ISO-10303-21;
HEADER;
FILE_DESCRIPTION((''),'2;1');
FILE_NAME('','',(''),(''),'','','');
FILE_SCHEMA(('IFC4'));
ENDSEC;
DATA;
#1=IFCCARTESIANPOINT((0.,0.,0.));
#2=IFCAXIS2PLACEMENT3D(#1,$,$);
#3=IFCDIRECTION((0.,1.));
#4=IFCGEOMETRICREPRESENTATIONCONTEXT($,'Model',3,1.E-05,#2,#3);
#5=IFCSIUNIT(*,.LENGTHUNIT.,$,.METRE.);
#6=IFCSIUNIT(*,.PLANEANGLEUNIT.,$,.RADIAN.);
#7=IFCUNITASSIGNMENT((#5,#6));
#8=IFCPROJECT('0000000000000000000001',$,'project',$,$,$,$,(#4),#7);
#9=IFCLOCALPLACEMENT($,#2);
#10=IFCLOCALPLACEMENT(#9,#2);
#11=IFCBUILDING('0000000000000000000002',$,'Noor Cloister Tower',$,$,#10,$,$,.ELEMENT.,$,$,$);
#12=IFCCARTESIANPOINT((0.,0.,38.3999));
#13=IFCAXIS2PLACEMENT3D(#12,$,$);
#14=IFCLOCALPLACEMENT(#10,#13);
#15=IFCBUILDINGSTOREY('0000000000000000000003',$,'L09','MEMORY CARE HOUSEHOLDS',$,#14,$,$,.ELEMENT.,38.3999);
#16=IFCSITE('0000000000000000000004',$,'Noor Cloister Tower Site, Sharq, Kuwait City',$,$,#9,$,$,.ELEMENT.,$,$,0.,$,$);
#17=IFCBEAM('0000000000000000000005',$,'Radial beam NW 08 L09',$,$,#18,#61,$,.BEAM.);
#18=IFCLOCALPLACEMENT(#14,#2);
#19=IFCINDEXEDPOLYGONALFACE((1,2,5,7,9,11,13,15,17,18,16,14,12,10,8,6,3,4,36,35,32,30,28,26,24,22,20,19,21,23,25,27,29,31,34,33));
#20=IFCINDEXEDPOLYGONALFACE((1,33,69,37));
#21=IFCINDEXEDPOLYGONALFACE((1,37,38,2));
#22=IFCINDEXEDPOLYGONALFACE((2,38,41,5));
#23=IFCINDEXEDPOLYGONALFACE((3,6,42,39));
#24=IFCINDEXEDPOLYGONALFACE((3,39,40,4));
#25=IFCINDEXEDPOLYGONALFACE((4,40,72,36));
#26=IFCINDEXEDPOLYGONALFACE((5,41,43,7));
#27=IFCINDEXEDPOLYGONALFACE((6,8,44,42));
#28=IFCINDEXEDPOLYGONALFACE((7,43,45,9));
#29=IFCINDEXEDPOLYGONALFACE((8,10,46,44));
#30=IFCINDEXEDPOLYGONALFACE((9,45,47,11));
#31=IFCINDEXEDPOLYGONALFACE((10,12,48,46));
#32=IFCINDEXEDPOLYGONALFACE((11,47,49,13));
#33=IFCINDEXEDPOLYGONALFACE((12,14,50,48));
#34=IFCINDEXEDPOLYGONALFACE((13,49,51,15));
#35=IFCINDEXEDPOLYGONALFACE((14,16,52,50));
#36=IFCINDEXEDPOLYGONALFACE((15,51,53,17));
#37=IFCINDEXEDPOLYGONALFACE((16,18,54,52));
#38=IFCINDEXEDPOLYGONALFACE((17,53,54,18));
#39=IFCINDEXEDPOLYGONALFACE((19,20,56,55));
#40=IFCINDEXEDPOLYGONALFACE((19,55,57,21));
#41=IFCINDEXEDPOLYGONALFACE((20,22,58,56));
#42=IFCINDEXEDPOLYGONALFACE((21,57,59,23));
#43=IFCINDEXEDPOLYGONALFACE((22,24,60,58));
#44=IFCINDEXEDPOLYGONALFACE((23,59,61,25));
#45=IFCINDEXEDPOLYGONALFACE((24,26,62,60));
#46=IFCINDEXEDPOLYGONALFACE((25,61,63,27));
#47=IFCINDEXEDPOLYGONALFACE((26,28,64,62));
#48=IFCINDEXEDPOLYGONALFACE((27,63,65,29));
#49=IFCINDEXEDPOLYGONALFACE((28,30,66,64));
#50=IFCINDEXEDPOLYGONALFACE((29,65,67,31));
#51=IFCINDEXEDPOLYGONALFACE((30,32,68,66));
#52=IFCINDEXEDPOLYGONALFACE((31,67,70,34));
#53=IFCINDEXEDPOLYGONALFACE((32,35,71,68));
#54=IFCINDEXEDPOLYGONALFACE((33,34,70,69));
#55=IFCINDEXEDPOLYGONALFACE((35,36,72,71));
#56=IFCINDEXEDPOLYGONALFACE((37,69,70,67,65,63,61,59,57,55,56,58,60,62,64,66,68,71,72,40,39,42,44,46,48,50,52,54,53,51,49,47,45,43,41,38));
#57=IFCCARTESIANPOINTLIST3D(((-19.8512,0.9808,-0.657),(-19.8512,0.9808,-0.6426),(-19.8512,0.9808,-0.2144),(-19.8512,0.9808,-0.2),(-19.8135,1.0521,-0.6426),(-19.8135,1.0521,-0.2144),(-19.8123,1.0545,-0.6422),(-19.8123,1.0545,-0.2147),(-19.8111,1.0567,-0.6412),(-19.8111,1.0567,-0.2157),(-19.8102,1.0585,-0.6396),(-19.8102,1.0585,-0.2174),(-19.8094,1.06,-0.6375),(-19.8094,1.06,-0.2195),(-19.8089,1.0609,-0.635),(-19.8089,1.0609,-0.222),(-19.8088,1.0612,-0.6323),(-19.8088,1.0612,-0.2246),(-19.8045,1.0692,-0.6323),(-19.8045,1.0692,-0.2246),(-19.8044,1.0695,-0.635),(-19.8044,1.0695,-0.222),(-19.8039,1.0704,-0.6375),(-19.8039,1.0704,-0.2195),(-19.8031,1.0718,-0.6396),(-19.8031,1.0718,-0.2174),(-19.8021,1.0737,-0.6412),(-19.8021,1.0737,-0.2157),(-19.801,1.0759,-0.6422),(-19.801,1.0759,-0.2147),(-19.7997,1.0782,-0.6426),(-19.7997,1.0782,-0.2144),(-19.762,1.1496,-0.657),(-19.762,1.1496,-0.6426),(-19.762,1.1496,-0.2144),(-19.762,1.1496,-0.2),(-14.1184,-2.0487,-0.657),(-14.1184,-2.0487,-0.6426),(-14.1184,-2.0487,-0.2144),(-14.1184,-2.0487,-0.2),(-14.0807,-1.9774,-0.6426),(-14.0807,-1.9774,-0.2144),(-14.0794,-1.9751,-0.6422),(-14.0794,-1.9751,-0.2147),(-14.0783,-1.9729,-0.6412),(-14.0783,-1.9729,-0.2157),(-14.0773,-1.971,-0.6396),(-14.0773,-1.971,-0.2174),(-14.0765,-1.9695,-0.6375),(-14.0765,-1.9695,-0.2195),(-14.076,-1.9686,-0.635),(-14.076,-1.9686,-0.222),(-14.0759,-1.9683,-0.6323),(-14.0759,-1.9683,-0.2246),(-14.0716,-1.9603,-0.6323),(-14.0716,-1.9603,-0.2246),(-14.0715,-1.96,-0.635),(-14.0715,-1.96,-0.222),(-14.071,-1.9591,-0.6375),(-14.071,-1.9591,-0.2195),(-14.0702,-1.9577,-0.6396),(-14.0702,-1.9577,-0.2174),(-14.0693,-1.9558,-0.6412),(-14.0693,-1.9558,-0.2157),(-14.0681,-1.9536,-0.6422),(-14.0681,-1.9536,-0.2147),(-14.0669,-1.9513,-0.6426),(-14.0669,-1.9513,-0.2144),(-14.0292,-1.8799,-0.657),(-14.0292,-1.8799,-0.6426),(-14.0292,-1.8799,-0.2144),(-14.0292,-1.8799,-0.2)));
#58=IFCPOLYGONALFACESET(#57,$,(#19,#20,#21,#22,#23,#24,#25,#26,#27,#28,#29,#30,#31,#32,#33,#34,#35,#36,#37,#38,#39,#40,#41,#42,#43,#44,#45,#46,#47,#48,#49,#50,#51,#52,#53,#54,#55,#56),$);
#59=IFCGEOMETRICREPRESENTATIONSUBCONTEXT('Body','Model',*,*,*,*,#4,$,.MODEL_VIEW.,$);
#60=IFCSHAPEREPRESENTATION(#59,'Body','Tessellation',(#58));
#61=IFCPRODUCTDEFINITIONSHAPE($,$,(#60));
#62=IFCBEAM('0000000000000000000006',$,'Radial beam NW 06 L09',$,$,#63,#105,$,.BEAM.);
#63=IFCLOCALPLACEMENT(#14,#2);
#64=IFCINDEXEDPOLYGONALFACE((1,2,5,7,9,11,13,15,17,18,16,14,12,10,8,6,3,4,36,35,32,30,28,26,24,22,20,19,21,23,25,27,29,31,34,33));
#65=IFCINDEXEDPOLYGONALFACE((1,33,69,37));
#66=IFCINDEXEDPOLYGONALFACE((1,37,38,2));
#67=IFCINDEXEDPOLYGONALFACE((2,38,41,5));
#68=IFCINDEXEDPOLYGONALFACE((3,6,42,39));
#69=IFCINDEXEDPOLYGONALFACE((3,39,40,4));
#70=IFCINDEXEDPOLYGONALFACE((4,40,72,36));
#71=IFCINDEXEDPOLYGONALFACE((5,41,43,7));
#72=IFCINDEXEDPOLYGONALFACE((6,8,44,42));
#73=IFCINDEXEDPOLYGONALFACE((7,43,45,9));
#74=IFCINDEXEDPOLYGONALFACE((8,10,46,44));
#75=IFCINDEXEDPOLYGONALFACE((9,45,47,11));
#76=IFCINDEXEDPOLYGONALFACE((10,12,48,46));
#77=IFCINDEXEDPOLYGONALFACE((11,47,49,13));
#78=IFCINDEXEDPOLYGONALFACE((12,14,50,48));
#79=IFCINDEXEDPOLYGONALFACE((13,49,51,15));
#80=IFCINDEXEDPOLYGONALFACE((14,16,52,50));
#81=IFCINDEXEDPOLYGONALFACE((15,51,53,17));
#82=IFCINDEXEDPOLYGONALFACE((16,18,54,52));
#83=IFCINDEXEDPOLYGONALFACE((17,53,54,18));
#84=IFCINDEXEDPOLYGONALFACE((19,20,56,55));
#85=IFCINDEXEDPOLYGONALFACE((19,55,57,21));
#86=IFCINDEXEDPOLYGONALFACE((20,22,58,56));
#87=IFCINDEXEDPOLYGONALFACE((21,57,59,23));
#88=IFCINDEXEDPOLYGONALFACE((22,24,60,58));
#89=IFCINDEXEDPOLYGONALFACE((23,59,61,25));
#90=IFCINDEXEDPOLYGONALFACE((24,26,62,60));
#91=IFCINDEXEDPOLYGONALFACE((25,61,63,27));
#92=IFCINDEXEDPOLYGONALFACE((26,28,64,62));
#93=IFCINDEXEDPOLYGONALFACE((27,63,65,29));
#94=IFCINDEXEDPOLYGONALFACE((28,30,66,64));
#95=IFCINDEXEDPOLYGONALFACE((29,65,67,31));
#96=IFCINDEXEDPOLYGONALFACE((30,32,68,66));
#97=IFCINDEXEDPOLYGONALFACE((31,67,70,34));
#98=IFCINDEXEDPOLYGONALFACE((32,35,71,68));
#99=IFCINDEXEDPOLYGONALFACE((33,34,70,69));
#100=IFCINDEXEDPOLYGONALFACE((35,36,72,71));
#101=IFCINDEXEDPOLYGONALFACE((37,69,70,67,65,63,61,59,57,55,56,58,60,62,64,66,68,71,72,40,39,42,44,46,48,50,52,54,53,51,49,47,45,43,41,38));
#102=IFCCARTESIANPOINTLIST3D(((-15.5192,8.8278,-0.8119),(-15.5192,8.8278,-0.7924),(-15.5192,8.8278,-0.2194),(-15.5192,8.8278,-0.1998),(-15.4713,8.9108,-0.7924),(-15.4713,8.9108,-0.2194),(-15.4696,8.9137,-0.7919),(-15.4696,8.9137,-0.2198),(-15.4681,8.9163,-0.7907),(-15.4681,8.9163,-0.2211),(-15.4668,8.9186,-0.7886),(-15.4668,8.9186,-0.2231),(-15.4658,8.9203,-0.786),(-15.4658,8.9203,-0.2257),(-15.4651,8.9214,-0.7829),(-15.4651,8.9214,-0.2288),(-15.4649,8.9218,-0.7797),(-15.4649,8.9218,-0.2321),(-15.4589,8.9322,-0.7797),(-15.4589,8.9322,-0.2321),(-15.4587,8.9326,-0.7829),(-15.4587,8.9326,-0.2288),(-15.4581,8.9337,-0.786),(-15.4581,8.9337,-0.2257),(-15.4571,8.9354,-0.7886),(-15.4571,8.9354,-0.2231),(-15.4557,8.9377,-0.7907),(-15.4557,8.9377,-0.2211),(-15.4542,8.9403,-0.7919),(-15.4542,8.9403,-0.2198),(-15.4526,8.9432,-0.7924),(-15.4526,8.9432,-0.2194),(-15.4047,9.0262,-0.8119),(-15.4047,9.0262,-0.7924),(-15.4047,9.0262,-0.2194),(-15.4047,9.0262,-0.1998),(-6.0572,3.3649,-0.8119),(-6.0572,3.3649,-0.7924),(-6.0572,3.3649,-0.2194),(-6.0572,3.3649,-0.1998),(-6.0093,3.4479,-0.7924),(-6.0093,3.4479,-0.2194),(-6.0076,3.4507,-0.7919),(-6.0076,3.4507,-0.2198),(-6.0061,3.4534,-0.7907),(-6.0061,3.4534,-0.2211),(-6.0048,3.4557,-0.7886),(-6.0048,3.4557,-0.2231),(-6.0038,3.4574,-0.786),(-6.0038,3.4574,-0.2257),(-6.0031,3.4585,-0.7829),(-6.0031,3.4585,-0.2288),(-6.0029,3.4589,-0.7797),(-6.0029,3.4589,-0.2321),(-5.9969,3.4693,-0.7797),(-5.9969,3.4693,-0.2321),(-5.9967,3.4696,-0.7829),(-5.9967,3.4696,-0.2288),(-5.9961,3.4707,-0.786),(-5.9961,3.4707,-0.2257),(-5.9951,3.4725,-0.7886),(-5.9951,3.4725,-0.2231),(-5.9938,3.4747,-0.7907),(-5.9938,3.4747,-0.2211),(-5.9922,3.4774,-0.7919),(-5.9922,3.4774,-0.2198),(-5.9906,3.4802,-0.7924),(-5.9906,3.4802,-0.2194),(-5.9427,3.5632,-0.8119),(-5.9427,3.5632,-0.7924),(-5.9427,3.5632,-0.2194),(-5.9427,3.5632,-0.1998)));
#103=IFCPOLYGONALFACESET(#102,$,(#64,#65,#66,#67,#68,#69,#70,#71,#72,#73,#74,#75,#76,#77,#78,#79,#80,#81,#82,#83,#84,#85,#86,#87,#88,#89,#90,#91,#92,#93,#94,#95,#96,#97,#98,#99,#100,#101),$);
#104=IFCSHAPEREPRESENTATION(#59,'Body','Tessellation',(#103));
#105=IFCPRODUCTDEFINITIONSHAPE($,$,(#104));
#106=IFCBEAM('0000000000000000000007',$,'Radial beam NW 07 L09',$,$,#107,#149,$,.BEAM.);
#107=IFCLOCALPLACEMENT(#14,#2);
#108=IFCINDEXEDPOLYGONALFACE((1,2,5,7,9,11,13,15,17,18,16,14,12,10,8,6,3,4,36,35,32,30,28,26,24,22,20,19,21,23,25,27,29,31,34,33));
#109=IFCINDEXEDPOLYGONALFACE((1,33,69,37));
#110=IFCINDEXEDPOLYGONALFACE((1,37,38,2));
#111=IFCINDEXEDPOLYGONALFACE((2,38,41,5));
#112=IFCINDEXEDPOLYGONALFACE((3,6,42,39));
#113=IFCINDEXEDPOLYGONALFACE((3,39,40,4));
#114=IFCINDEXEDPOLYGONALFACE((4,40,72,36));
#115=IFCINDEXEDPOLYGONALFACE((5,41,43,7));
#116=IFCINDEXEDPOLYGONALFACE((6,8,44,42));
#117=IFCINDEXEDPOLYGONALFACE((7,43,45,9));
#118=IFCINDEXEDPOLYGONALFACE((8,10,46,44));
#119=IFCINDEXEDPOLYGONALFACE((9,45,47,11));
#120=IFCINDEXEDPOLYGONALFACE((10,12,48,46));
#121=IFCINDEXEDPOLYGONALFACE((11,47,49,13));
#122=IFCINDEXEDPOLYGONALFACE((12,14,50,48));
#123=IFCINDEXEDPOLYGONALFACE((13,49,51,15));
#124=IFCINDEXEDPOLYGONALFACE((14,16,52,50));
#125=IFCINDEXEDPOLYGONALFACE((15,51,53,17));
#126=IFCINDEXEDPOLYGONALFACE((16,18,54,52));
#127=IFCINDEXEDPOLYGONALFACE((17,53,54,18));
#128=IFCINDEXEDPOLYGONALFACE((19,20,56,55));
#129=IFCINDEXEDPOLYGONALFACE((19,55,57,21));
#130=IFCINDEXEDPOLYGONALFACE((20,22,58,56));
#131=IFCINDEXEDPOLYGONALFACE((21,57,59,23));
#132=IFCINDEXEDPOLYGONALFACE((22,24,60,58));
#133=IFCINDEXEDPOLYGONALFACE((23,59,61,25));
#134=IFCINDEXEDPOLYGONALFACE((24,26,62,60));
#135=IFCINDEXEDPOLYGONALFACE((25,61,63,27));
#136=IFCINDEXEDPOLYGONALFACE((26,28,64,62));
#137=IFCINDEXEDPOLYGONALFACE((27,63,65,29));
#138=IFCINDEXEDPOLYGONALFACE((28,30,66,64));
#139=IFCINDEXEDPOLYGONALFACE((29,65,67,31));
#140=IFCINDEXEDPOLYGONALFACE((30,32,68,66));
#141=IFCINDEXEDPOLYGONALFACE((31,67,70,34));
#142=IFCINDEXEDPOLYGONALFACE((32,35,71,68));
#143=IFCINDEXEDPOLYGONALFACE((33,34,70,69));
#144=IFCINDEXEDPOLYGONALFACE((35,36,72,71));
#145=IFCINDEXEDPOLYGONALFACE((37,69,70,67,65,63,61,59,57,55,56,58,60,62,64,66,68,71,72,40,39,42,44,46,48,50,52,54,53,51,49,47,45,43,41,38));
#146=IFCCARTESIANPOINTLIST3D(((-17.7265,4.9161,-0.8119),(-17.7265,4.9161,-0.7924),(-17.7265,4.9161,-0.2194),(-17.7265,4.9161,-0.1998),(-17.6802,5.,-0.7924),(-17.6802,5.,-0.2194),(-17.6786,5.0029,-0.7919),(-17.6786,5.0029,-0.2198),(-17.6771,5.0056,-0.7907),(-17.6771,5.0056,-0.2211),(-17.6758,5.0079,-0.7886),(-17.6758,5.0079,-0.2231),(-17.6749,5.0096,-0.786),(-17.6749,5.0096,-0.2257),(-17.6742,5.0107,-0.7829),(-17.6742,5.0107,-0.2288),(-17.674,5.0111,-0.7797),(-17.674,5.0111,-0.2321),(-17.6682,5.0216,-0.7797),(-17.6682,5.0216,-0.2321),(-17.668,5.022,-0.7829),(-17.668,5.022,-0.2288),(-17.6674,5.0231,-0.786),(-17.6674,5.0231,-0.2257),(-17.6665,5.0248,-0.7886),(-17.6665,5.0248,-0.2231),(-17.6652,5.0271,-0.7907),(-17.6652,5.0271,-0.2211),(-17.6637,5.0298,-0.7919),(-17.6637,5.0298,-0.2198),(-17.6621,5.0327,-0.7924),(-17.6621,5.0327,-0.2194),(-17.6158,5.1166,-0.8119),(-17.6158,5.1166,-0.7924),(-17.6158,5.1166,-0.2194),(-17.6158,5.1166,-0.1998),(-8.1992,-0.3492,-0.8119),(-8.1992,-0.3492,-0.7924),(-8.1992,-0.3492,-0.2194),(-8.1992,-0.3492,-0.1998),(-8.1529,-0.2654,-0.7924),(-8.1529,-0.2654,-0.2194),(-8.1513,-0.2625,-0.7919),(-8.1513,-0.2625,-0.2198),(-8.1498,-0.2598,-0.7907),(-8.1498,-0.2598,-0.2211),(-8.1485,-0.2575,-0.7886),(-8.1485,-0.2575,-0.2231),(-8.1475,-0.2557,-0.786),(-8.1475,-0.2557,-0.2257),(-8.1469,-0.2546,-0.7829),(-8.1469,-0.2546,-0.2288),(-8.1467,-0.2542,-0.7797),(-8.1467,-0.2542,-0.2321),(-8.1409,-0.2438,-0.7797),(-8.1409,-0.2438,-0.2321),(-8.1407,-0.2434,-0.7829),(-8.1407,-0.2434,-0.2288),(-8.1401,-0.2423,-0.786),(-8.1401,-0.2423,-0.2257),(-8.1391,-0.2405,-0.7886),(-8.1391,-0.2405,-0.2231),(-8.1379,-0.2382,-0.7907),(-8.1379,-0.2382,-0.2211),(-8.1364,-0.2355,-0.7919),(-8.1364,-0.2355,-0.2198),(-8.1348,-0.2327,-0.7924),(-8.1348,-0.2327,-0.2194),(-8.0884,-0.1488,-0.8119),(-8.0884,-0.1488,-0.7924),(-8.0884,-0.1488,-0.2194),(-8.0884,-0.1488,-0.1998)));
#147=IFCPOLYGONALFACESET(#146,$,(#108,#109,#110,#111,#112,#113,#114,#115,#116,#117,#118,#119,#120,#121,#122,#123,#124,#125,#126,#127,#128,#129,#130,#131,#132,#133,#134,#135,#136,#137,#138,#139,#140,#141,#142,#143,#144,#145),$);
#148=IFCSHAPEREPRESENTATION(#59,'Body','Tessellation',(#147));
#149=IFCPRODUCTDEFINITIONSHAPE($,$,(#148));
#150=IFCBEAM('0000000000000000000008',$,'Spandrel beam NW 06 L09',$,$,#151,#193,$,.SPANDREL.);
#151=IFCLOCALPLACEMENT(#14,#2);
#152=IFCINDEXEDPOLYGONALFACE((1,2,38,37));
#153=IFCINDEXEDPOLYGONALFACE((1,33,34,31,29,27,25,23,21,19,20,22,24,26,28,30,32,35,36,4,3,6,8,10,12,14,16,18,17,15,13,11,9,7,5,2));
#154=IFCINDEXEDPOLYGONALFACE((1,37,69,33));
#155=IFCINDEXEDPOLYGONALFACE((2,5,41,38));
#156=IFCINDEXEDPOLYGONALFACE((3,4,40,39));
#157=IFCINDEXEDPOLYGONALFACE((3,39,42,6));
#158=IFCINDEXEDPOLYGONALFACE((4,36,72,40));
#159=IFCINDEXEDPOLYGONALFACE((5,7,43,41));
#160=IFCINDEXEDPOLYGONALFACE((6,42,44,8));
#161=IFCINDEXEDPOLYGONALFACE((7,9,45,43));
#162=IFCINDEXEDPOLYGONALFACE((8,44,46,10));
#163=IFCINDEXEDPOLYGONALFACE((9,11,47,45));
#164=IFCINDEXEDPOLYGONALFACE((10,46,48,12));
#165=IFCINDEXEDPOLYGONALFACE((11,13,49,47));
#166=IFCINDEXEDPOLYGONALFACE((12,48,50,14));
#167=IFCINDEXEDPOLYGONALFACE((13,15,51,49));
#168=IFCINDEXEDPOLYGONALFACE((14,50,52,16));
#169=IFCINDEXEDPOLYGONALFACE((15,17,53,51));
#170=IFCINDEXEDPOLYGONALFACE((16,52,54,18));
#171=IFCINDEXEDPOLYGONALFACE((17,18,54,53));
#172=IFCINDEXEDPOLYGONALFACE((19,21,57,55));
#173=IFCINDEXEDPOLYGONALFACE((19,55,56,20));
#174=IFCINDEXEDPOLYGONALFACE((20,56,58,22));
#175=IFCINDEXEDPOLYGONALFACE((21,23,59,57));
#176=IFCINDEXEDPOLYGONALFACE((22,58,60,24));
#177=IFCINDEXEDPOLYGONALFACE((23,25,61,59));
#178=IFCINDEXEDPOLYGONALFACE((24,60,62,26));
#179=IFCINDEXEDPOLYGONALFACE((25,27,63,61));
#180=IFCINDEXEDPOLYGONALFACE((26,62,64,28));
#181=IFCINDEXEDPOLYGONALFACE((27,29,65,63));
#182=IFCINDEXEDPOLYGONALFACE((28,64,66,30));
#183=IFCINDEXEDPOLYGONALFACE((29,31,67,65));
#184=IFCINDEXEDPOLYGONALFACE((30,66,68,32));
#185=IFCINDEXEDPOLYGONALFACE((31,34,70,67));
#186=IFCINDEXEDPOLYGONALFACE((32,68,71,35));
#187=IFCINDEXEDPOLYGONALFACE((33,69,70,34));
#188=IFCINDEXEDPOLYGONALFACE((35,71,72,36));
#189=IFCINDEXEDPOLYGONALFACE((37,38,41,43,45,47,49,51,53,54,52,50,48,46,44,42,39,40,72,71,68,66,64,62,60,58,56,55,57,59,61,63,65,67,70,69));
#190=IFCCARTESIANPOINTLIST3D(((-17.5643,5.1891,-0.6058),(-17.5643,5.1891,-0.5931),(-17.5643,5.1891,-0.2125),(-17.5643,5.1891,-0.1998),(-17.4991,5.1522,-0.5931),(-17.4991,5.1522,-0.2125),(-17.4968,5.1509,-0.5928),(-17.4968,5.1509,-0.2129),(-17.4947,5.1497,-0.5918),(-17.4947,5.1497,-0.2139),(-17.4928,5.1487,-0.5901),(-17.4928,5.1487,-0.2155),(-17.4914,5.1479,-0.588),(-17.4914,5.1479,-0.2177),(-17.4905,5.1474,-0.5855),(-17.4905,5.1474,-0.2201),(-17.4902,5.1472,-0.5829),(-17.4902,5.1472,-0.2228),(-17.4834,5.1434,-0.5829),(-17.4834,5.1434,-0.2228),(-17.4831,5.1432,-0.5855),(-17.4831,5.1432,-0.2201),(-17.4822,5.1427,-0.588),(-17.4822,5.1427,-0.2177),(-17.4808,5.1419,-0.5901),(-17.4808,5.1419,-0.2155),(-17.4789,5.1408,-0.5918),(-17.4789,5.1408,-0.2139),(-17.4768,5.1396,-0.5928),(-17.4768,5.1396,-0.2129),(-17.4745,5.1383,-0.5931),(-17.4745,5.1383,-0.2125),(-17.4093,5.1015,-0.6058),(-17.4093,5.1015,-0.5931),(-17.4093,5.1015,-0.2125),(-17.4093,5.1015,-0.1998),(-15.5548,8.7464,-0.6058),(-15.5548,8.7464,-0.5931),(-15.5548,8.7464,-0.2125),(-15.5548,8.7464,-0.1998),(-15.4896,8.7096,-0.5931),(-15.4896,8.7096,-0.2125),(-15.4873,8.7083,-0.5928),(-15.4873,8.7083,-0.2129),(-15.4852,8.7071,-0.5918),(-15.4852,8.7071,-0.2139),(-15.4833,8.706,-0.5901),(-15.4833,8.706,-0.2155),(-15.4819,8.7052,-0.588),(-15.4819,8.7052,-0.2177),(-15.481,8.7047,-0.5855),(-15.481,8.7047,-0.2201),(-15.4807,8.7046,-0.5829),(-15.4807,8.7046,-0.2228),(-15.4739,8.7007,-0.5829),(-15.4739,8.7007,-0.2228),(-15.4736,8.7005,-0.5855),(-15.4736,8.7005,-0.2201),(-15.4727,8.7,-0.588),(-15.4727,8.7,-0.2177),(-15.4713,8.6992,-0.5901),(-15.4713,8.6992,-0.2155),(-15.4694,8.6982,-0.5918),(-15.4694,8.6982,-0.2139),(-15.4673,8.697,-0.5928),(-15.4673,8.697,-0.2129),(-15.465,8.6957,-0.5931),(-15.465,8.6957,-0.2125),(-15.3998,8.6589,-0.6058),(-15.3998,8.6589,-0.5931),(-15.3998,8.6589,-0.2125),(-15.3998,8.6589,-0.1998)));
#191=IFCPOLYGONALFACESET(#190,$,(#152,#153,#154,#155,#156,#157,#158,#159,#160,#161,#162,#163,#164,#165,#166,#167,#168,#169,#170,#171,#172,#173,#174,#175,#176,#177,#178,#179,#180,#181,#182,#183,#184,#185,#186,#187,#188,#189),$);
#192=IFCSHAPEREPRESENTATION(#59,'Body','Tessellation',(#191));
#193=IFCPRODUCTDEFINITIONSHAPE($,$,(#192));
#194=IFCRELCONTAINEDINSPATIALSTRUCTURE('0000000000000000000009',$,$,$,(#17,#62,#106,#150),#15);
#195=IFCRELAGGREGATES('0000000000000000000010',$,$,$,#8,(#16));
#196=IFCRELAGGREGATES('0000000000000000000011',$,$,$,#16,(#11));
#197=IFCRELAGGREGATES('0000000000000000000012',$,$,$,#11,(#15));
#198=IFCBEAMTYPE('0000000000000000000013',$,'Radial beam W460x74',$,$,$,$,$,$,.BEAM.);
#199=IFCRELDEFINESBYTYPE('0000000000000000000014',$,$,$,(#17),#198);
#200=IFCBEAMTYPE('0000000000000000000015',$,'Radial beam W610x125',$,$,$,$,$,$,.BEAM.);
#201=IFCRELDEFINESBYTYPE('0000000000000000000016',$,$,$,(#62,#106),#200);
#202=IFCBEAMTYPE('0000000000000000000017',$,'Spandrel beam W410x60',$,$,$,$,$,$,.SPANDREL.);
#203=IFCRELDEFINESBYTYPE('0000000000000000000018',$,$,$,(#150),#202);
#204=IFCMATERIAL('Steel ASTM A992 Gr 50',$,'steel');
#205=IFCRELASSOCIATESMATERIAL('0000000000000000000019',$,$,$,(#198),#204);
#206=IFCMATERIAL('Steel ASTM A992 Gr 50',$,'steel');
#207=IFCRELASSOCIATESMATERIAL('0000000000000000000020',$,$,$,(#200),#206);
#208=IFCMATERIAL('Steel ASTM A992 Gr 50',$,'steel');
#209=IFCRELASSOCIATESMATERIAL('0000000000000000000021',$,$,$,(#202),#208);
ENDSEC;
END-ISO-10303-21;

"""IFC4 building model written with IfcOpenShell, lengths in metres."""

from ifc_helpers import new_model, si_unit, direction, frame, origin, origin_2d, place, context, subcontext, project, spatial, i_section, extrude, material, material_profile, profile_set, type_object, element, save


model = new_model("IFC4")

# Units and contexts
model_context = context("Model", 3, precision=1e-05, world=origin(), true_north=direction((0.0, 1.0)))
body_context = subcontext(model_context, "Body", "Model", "MODEL_VIEW")
ifc_project = project(units=[si_unit("LENGTHUNIT", "METRE"), si_unit("PLANEANGLEUNIT", "RADIAN")], contexts=[model_context])

# Site, building, storey
site_placement = place(None, origin())
site = spatial("IfcSite", under=ifc_project, at=site_placement, Name="Noor Cloister Tower Site, Sharq, Kuwait City", CompositionType="ELEMENT", RefElevation=0.0)
building_placement = place(site_placement, origin())
building = spatial("IfcBuilding", under=site, at=building_placement, Name="Noor Cloister Tower", CompositionType="ELEMENT")
storey_placement = place(building_placement, frame((0.0, 0.0, 38.3999)))
storey = spatial("IfcBuildingStorey", under=building, at=storey_placement, Name="L09", Description="MEMORY CARE HOUSEHOLDS", CompositionType="ELEMENT", Elevation=38.3999)

# Beams
ifc_material_1 = material(Name="Steel ASTM A992 Gr 50", Category="steel")
ifc_material_profile_1 = material_profile(ifc_material_1, i_section(OverallWidth=0.1909, OverallDepth=0.457, WebThickness=0.009, FlangeThickness=0.0144, FilletRadius=0.0103, at=origin_2d()), Name="W460x74")
ifc_profile_set_1 = profile_set([ifc_material_profile_1], Name="Steel ASTM A992 Gr 50")
beam_type_1 = type_object("IfcBeamType", Name="Radial beam W460x74", PredefinedType="BEAM", material=ifc_profile_set_1)
beam_1_placement = place(storey_placement, frame((-19.8066, 1.0652, -0.4285), z_axis=(0.88414, -0.467222, 0.0), x_axis=(0.467222, 0.88414, 0.0)))
element("IfcBeam", 1, at=beam_1_placement, inside=storey, type_object=beam_type_1, Name="Radial beam NW 08 L09", PredefinedType="BEAM", context=body_context, shape_type="SweptSolid", body=[
    extrude(i_section(OverallWidth=0.1909, OverallDepth=0.457, WebThickness=0.009, FlangeThickness=0.0144, FilletRadius=0.0103, at=origin_2d()), origin(), (0.0, 0.0, 1.0), 6.4841),
])
ifc_material_2 = material(Name="Steel ASTM A992 Gr 50", Category="steel")
ifc_material_profile_2 = material_profile(ifc_material_2, i_section(OverallWidth=0.229, OverallDepth=0.6121, WebThickness=0.012, FlangeThickness=0.0195, FilletRadius=0.0127, at=origin_2d()), Name="W610x125")
ifc_profile_set_2 = profile_set([ifc_material_profile_2], Name="Steel ASTM A992 Gr 50")
beam_type_2 = type_object("IfcBeamType", Name="Radial beam W610x125", PredefinedType="BEAM", material=ifc_profile_set_2)
beam_2_placement = place(storey_placement, frame((-15.4619, 8.927, -0.5059), z_axis=(0.866023, -0.500004, 0.0), x_axis=(0.500004, 0.866023, 0.0)))
element("IfcBeam", 2, at=beam_2_placement, inside=storey, type_object=beam_type_2, Name="Radial beam NW 06 L09", PredefinedType="BEAM", context=body_context, shape_type="SweptSolid", body=[
    extrude(i_section(OverallWidth=0.229, OverallDepth=0.6121, WebThickness=0.012, FlangeThickness=0.0195, FilletRadius=0.0127, at=origin_2d()), origin(), (0.0, 0.0, 1.0), 10.9258),
])
beam_3_placement = place(storey_placement, frame((-17.6711, 5.0164, -0.5059), z_axis=(0.875231, -0.483705, 0.0), x_axis=(0.483705, 0.875231, 0.0)))
element("IfcBeam", 3, at=beam_3_placement, inside=storey, type_object=beam_type_2, Name="Radial beam NW 07 L09", PredefinedType="BEAM", context=body_context, shape_type="SweptSolid", body=[
    extrude(i_section(OverallWidth=0.229, OverallDepth=0.6121, WebThickness=0.012, FlangeThickness=0.0195, FilletRadius=0.0127, at=origin_2d()), origin(), (0.0, 0.0, 1.0), 10.8855),
])
ifc_material_3 = material(Name="Steel ASTM A992 Gr 50", Category="steel")
ifc_material_profile_3 = material_profile(ifc_material_3, i_section(OverallWidth=0.178, OverallDepth=0.406, WebThickness=0.0078, FlangeThickness=0.0127, FilletRadius=0.0103, at=origin_2d()), Name="W410x60")
ifc_profile_set_3 = profile_set([ifc_material_profile_3], Name="Steel ASTM A992 Gr 50")
beam_type_3 = type_object("IfcBeamType", Name="Spandrel beam W410x60", PredefinedType="SPANDREL", material=ifc_profile_set_3)
for number, where, z_axis, x_axis, name in (
    (4, (-15.4773, 8.7026, -0.4028), (-0.491841, -0.870685, 0.0), (0.870685, -0.491841, 0.0), "Spandrel beam NW 06 L09"),
):
    element("IfcBeam", number, at=place(storey_placement, frame(where, z_axis=z_axis, x_axis=x_axis)), inside=storey, type_object=beam_type_3, Name=name, PredefinedType="SPANDREL", context=body_context, shape_type="SweptSolid", body=[
        extrude(i_section(OverallWidth=0.178, OverallDepth=0.406, WebThickness=0.0078, FlangeThickness=0.0127, FilletRadius=0.0103, at=origin_2d()), origin(), (0.0, 0.0, 1.0), 4.0857),
    ])

save(model, "model.ifc")
